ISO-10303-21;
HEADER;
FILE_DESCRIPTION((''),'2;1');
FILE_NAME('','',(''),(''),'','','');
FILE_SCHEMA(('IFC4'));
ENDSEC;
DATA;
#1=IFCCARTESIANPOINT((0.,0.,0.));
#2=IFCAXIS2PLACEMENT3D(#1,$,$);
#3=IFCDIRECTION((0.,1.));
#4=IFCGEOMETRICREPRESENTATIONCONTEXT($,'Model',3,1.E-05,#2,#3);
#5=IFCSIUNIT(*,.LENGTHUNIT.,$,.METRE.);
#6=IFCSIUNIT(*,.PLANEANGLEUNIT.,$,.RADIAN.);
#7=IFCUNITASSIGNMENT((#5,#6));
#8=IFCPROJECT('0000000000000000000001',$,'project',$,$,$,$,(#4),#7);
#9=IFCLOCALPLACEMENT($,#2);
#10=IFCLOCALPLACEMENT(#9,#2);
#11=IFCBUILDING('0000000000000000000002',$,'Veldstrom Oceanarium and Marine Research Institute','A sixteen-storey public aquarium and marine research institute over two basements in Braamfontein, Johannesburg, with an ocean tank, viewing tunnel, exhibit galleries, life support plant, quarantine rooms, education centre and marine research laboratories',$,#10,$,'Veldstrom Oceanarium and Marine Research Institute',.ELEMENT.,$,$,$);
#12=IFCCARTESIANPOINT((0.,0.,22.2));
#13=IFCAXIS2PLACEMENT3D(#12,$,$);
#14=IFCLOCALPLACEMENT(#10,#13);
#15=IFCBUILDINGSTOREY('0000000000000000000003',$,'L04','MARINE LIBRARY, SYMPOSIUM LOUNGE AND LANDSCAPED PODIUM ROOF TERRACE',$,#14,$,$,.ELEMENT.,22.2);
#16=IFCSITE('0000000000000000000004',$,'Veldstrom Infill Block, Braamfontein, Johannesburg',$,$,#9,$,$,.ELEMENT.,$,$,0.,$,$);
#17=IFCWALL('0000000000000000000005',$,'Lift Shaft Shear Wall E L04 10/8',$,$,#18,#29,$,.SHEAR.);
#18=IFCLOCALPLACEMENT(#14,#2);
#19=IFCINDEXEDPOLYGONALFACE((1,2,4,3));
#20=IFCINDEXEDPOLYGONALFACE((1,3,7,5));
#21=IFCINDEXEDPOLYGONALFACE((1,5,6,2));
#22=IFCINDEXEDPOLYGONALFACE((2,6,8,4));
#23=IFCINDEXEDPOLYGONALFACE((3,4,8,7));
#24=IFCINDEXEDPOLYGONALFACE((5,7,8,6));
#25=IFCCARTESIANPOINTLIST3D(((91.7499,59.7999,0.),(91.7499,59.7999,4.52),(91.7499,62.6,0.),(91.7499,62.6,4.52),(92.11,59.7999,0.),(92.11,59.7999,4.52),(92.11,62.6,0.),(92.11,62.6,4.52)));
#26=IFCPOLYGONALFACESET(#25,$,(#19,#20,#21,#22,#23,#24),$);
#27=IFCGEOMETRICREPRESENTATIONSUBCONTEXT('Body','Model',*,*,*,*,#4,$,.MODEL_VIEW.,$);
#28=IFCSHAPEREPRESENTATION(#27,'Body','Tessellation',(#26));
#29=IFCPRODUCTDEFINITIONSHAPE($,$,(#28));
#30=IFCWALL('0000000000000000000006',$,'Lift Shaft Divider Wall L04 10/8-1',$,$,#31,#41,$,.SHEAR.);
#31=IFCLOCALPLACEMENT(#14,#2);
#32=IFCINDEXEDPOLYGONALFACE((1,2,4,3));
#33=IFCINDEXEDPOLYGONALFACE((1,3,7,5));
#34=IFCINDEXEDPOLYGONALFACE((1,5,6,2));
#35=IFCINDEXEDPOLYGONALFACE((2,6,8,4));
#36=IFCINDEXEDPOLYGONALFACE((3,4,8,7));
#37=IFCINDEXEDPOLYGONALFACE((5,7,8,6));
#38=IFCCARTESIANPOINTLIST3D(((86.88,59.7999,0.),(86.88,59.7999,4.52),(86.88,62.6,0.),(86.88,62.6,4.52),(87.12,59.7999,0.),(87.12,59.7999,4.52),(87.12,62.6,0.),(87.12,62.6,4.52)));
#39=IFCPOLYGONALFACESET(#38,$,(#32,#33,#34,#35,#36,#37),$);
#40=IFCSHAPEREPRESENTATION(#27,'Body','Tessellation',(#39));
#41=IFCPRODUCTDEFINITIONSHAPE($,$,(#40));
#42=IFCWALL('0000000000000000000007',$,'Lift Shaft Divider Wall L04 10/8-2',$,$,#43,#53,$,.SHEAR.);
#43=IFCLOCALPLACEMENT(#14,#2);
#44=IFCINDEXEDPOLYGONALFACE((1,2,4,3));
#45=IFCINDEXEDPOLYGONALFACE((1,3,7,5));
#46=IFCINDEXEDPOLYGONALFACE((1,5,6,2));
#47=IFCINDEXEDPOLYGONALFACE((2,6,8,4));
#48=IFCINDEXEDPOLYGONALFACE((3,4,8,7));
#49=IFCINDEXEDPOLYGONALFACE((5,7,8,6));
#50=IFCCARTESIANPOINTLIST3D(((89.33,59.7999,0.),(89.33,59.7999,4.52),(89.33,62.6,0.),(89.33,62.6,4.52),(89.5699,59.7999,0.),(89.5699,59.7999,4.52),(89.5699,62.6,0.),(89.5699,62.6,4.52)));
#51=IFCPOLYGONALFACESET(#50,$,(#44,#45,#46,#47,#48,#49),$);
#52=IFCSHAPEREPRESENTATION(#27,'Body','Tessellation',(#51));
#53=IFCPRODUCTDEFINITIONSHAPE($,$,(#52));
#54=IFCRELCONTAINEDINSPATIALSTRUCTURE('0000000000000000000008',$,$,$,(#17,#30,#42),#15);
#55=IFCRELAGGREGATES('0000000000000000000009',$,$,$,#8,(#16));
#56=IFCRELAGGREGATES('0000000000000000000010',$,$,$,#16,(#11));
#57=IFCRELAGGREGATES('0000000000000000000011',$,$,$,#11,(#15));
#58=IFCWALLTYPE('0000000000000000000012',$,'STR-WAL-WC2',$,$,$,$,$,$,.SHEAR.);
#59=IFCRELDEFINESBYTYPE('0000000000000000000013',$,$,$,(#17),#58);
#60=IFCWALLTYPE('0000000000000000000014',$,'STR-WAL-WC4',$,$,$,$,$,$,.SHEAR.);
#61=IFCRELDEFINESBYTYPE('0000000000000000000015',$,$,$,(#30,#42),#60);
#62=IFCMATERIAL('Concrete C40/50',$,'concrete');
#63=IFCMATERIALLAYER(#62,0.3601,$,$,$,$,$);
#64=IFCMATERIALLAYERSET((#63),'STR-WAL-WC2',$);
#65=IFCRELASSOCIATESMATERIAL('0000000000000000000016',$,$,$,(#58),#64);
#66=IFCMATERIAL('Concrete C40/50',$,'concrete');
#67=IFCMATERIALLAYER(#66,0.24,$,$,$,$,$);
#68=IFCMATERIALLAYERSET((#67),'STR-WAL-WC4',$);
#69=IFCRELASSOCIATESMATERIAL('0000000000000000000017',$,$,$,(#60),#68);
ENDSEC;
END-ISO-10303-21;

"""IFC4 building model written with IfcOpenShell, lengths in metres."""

from ifc_helpers import new_model, si_unit, direction, frame, frame_2d, origin, place, context, subcontext, project, spatial, rectangle, extrude, material, layer, layer_set, type_object, element, save


model = new_model("IFC4")

# Units and contexts
model_context = context("Model", 3, precision=1e-05, world=origin(), true_north=direction((0.0, 1.0)))
body_context = subcontext(model_context, "Body", "Model", "MODEL_VIEW")
ifc_project = project(units=[si_unit("LENGTHUNIT", "METRE"), si_unit("PLANEANGLEUNIT", "RADIAN")], contexts=[model_context])

# Site, building, storey
site_placement = place(None, origin())
site = spatial("IfcSite", under=ifc_project, at=site_placement, Name="Veldstrom Infill Block, Braamfontein, Johannesburg", CompositionType="ELEMENT", RefElevation=0.0)
building_placement = place(site_placement, origin())
building = spatial("IfcBuilding", under=site, at=building_placement, Name="Veldstrom Oceanarium and Marine Research Institute", Description="A sixteen-storey public aquarium and marine research institute over two basements in Braamfontein, Johannesburg, with an ocean tank, viewing tunnel, exhibit galleries, life support plant, quarantine rooms, education centre and marine research laboratories", LongName="Veldstrom Oceanarium and Marine Research Institute", CompositionType="ELEMENT")
storey_placement = place(building_placement, frame((0.0, 0.0, 22.2)))
storey = spatial("IfcBuildingStorey", under=building, at=storey_placement, Name="L04", Description="MARINE LIBRARY, SYMPOSIUM LOUNGE AND LANDSCAPED PODIUM ROOF TERRACE", CompositionType="ELEMENT", Elevation=22.2)

# Shared definitions
ifc_material_1 = material(Name="Concrete C40/50", Category="concrete")
ifc_layer_1 = layer(ifc_material_1, 0.3601)
ifc_layer_set_1 = layer_set([ifc_layer_1], Name="STR-WAL-WC2")
wall_type_1 = type_object("IfcWallType", Name="STR-WAL-WC2", PredefinedType="SHEAR", material=ifc_layer_set_1)

# Walls
for number, where, z_axis, x_axis, name in (
    (1, (91.9299, 59.8, 0.0), (0.0, 0.0, 1.0), (0.0, 1.0, 0.0), "Lift Shaft Shear Wall E L04 10/8"),
):
    element("IfcWall", number, at=place(storey_placement, frame(where, z_axis=z_axis, x_axis=x_axis)), inside=storey, type_object=wall_type_1, Name=name, PredefinedType="SHEAR", context=body_context, shape_type="SweptSolid", body=[
        extrude(rectangle(XDim=2.8, YDim=0.3601, at=frame_2d((1.3999, 0.0))), origin(), (0.0, 0.0, 1.0), 4.52),
    ])
ifc_material_2 = material(Name="Concrete C40/50", Category="concrete")
ifc_layer_2 = layer(ifc_material_2, 0.24)
ifc_layer_set_2 = layer_set([ifc_layer_2], Name="STR-WAL-WC4")
wall_type_2 = type_object("IfcWallType", Name="STR-WAL-WC4", PredefinedType="SHEAR", material=ifc_layer_set_2)
for number, where, z_axis, x_axis, name in (
    (2, (87.0, 59.8, 0.0), (0.0, 0.0, 1.0), (0.0, 1.0, 0.0), "Lift Shaft Divider Wall L04 10/8-1"),
    (3, (89.45, 59.8, 0.0), (0.0, 0.0, 1.0), (0.0, 1.0, 0.0), "Lift Shaft Divider Wall L04 10/8-2"),
):
    element("IfcWall", number, at=place(storey_placement, frame(where, z_axis=z_axis, x_axis=x_axis)), inside=storey, type_object=wall_type_2, Name=name, PredefinedType="SHEAR", context=body_context, shape_type="SweptSolid", body=[
        extrude(rectangle(XDim=2.8, YDim=0.24, at=frame_2d((1.3999, 0.0))), origin(), (0.0, 0.0, 1.0), 4.52),
    ])

save(model, "model.ifc")
